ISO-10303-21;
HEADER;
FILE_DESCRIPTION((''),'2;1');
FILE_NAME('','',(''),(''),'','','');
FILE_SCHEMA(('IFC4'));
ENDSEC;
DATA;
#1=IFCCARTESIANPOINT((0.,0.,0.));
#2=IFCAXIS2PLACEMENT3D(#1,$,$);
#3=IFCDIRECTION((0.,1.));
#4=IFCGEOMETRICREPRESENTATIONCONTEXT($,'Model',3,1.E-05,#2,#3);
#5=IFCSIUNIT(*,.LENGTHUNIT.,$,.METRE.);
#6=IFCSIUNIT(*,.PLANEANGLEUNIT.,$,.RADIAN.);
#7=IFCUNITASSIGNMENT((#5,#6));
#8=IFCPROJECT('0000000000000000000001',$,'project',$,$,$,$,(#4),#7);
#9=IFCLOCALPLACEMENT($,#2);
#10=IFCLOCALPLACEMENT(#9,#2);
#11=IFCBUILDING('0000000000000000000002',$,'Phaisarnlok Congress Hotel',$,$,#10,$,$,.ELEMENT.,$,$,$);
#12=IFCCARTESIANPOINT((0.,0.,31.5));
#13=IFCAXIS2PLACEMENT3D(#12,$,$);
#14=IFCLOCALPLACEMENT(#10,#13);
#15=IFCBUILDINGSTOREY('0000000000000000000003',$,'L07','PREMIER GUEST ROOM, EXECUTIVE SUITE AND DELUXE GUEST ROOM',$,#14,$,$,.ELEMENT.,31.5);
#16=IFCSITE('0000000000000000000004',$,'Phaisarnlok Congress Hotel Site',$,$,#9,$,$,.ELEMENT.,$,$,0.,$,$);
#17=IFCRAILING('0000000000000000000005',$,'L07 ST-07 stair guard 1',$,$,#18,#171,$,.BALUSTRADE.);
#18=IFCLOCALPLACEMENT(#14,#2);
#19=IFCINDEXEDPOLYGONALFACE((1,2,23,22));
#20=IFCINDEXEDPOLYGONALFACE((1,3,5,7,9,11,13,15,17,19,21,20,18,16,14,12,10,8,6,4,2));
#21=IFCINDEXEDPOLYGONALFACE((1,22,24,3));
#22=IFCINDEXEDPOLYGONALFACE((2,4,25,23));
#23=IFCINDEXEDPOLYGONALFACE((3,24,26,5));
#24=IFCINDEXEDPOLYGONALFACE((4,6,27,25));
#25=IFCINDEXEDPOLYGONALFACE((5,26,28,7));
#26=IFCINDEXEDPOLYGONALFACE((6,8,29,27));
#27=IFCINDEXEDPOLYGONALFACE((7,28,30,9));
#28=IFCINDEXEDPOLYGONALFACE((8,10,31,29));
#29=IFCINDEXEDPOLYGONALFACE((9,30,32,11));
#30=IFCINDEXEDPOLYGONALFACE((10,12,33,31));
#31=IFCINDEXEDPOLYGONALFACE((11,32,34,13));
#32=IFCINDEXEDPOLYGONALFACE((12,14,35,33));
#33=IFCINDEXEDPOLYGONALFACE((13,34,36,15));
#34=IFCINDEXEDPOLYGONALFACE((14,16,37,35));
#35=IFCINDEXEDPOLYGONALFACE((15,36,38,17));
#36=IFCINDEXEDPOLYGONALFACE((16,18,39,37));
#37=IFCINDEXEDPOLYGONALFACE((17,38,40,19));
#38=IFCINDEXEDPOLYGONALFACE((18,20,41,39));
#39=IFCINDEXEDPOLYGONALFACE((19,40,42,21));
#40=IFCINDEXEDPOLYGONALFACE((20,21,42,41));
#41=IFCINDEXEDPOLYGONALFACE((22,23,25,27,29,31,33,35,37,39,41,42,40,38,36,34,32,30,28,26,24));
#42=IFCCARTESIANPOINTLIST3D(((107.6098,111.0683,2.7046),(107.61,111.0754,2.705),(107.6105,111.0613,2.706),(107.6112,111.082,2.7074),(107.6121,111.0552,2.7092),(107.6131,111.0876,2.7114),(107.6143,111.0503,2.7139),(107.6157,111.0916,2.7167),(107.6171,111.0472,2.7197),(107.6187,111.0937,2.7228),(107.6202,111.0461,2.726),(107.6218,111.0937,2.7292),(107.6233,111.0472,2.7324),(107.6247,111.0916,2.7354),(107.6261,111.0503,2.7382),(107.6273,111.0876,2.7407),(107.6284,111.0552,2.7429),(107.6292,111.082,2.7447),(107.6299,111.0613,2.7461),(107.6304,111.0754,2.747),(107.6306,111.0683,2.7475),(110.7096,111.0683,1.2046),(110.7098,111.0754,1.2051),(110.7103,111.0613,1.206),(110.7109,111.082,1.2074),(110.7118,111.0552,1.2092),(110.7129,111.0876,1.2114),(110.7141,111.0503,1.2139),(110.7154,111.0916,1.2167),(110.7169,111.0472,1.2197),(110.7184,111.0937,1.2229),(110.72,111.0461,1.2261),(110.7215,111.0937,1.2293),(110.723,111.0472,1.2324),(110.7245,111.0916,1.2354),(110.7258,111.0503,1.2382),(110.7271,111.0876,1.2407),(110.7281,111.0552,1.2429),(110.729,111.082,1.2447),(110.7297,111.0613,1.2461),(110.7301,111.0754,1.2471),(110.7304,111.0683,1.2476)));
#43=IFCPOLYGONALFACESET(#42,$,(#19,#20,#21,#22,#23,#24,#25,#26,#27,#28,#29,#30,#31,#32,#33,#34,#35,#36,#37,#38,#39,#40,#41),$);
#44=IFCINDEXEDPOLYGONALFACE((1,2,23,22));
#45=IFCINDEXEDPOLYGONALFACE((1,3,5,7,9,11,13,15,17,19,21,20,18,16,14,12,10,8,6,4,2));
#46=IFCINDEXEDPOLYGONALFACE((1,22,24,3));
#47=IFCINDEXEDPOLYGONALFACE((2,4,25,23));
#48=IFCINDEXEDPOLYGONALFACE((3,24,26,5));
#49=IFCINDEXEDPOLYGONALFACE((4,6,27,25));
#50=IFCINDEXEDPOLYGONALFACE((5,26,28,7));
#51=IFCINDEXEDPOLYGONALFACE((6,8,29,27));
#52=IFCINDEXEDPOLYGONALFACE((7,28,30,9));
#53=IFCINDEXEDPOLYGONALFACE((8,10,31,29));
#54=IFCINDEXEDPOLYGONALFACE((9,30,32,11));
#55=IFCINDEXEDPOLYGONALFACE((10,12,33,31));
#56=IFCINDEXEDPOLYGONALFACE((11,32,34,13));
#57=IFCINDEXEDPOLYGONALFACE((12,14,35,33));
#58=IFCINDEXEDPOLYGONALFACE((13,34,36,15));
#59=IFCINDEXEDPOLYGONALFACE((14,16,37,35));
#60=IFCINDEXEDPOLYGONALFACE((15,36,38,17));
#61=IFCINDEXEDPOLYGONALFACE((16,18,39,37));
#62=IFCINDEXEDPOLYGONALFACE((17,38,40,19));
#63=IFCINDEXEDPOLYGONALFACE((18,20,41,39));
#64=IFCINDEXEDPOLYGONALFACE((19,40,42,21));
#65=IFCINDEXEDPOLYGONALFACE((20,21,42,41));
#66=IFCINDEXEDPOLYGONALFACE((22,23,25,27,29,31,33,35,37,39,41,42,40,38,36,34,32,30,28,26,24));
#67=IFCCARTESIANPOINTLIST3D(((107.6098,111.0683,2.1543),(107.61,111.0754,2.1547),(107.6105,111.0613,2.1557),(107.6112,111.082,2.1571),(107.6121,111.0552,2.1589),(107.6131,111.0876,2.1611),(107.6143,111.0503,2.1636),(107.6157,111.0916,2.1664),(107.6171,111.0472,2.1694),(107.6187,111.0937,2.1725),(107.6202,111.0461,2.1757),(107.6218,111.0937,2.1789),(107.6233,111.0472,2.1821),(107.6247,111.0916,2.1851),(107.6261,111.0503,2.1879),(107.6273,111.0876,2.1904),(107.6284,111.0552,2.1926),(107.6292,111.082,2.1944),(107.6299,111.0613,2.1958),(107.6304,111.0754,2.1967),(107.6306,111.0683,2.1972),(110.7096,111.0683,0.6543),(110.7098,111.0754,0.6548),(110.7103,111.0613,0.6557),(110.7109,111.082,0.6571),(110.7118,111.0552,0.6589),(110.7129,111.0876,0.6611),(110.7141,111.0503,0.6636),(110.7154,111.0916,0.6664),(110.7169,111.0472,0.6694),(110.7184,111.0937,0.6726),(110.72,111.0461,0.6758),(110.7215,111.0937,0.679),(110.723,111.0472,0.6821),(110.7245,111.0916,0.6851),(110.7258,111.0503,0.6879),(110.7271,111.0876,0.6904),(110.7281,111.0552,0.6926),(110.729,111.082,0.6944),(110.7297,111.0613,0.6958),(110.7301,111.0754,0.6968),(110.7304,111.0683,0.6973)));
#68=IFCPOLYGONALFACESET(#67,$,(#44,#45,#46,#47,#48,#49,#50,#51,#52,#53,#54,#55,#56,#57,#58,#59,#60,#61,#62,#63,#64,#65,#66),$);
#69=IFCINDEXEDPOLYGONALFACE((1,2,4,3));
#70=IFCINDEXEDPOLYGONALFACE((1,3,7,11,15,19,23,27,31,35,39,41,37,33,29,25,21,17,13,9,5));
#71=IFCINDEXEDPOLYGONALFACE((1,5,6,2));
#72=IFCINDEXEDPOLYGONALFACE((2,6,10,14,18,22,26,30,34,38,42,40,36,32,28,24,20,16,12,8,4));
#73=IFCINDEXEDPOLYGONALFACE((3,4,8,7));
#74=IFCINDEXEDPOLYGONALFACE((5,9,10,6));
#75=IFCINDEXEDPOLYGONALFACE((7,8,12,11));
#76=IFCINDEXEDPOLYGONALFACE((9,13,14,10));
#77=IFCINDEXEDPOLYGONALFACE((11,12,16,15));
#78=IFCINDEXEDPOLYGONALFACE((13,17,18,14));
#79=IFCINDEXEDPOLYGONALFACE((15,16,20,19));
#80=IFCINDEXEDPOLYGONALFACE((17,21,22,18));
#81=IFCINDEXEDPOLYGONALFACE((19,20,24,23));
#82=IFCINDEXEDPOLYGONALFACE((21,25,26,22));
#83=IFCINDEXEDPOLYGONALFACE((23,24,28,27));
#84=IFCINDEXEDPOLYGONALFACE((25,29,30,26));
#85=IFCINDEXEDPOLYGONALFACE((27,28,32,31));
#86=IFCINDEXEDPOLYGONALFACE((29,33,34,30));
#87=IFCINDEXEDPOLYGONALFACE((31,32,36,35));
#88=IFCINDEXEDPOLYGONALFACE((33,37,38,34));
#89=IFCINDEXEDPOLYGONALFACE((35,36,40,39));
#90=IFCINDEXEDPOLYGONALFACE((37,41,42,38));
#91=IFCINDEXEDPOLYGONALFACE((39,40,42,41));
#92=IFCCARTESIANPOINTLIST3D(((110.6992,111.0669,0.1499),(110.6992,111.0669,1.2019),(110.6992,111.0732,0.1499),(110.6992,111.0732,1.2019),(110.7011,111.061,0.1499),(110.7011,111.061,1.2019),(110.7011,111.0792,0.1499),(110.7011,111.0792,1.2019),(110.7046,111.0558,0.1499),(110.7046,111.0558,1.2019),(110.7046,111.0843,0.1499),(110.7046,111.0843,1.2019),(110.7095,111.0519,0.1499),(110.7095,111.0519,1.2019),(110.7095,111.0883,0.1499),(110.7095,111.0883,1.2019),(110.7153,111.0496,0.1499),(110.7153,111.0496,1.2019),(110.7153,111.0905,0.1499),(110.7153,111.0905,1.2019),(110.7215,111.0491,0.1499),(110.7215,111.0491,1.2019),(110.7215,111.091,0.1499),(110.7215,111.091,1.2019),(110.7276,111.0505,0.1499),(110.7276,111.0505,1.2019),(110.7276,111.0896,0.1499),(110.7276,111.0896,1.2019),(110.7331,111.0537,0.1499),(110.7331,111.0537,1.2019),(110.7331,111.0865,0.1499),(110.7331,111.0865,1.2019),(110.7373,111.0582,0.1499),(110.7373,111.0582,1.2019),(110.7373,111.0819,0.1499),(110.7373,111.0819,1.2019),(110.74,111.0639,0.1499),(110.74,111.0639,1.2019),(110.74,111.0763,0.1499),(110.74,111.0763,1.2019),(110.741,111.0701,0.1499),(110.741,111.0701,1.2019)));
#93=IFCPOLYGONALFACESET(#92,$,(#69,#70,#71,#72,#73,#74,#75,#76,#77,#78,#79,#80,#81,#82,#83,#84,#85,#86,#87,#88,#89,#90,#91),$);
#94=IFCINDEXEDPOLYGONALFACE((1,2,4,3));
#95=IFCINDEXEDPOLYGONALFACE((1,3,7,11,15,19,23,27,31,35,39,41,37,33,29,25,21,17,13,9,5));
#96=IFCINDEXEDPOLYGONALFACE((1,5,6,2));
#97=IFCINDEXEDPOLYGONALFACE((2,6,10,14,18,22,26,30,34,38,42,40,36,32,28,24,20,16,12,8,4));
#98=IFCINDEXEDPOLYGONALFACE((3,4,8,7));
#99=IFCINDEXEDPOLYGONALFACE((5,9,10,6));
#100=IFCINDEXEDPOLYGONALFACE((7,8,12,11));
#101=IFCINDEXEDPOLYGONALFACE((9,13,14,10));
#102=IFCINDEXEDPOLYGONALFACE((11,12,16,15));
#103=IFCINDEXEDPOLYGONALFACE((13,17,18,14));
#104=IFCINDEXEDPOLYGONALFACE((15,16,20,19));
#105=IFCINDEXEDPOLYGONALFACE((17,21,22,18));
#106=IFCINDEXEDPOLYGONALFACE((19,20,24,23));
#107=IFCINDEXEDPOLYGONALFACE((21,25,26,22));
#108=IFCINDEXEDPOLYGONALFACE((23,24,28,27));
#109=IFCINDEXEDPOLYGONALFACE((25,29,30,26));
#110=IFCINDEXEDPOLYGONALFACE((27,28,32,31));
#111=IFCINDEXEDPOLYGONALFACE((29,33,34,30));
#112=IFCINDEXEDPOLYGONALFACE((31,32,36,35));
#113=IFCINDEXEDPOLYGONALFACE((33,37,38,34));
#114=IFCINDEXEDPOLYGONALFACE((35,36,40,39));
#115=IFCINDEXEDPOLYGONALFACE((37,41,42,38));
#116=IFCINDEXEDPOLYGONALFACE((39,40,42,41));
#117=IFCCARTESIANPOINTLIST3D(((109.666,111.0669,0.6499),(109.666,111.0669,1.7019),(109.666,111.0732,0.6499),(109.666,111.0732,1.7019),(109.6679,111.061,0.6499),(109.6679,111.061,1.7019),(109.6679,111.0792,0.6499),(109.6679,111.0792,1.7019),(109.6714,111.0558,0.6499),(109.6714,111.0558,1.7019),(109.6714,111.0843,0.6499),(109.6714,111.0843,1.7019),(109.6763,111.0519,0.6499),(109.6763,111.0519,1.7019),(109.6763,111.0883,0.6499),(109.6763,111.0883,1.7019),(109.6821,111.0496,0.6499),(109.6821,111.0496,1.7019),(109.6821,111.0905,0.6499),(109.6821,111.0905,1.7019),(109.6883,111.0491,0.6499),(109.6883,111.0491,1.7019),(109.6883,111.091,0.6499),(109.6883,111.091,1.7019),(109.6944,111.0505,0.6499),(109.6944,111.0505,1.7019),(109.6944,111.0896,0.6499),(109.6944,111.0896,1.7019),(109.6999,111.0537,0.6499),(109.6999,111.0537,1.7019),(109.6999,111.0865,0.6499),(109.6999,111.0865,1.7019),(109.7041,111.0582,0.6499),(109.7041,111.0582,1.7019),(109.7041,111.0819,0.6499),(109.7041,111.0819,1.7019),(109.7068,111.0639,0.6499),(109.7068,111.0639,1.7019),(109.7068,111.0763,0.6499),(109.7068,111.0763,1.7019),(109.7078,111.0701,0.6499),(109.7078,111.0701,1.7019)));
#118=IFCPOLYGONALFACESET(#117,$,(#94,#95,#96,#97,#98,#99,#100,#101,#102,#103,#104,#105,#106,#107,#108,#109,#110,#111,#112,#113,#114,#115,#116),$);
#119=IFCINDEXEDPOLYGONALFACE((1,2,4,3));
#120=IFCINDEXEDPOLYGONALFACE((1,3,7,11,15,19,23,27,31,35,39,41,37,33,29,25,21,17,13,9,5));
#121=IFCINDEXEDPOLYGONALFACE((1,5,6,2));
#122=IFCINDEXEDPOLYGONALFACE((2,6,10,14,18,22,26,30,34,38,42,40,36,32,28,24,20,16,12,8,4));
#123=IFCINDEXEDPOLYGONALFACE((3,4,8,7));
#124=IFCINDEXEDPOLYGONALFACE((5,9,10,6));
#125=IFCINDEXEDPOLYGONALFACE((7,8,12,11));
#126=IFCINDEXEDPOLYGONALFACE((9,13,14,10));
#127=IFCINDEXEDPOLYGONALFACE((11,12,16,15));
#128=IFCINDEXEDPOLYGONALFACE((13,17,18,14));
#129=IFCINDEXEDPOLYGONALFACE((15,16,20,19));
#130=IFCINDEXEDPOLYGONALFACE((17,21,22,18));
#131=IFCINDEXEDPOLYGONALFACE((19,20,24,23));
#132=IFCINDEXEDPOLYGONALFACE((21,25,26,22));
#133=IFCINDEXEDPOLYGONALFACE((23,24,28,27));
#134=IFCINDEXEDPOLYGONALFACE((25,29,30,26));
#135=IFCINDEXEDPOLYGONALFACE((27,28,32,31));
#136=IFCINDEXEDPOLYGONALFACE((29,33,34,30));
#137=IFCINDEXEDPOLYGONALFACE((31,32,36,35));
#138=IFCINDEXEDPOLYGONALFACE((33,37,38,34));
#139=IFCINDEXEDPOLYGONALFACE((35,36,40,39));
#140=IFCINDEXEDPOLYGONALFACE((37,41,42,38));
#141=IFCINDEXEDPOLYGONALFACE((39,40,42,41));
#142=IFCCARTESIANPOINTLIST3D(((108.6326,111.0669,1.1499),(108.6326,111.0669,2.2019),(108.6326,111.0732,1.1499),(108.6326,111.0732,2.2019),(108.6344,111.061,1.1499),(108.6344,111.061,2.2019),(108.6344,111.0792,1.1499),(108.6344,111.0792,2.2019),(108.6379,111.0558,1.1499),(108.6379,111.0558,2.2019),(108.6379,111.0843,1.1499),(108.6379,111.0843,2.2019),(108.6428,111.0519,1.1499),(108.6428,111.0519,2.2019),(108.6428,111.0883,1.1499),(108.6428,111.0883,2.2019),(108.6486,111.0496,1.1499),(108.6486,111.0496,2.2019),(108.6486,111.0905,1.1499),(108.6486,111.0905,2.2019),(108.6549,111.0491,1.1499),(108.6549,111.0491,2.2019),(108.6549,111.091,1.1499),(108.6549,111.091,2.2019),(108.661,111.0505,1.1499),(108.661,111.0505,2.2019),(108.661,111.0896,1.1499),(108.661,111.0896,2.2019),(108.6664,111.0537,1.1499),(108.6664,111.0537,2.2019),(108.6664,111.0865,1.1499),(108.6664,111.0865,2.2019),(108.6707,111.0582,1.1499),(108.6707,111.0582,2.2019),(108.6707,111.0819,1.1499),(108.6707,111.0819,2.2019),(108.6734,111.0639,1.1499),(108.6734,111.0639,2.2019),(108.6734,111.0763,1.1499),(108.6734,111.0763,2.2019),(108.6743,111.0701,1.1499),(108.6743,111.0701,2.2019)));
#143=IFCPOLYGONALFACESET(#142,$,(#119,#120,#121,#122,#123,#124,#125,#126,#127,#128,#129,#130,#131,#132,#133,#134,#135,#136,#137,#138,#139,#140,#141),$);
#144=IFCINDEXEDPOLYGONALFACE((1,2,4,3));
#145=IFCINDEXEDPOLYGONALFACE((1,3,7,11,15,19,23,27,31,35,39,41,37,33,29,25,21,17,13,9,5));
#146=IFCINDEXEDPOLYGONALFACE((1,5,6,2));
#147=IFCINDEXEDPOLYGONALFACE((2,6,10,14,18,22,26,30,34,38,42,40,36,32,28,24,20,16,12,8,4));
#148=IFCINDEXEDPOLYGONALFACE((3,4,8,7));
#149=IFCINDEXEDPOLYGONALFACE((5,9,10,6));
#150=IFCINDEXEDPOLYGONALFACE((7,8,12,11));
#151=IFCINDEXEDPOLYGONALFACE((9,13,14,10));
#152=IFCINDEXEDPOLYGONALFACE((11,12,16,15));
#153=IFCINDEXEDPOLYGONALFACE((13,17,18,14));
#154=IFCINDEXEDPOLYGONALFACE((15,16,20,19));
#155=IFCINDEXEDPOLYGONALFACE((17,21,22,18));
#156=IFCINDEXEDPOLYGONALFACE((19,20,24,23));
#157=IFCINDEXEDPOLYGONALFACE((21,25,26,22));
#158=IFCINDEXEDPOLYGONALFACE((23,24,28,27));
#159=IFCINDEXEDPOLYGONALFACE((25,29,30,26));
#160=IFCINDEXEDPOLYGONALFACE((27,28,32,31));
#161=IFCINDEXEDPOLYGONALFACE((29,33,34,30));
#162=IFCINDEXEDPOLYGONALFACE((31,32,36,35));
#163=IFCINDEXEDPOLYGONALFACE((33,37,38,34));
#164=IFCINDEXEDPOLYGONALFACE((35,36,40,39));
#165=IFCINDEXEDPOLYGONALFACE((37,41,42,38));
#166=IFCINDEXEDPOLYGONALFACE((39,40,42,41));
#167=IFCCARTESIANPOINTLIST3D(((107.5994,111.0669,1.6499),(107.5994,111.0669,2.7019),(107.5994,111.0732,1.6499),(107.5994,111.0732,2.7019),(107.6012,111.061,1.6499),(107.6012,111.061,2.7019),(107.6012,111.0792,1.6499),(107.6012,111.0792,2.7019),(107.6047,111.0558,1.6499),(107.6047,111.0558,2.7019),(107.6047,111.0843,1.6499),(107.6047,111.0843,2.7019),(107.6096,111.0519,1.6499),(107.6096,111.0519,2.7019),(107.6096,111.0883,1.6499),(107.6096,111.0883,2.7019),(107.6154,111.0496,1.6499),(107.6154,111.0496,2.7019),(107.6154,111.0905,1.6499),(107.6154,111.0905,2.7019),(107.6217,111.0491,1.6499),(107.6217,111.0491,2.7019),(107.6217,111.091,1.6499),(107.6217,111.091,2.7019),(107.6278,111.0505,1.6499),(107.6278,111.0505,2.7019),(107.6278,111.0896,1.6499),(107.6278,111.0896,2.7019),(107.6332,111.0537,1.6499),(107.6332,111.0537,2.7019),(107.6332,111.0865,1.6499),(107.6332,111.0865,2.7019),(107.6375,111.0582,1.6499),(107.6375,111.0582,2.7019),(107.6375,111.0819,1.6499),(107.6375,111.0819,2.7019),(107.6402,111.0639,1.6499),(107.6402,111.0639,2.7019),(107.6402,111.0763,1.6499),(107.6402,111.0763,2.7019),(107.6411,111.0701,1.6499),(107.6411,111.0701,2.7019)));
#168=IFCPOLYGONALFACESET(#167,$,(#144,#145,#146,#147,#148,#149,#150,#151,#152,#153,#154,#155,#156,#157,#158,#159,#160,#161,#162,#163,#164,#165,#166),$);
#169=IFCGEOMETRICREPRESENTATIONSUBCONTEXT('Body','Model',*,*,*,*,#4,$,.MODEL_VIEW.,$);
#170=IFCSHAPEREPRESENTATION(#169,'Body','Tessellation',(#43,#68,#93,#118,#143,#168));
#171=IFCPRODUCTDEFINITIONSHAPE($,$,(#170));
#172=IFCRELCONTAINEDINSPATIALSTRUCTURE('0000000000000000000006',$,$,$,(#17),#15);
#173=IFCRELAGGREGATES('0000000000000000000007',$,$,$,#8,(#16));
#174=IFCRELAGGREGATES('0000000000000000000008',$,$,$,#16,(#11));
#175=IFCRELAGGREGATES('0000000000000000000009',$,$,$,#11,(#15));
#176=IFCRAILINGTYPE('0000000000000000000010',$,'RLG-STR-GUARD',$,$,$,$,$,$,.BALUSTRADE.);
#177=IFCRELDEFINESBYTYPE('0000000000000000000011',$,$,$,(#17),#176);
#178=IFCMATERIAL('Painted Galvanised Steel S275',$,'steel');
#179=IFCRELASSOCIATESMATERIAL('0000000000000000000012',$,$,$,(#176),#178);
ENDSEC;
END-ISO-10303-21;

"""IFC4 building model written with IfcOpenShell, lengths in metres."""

from ifc_helpers import new_model, si_unit, direction, frame, origin, origin_2d, place, context, subcontext, project, spatial, circle, extrude, material, type_object, element, save


model = new_model("IFC4")

# Units and contexts
model_context = context("Model", 3, precision=1e-05, world=origin(), true_north=direction((0.0, 1.0)))
body_context = subcontext(model_context, "Body", "Model", "MODEL_VIEW")
ifc_project = project(units=[si_unit("LENGTHUNIT", "METRE"), si_unit("PLANEANGLEUNIT", "RADIAN")], contexts=[model_context])

# Site, building, storey
site_placement = place(None, origin())
site = spatial("IfcSite", under=ifc_project, at=site_placement, Name="Phaisarnlok Congress Hotel Site", CompositionType="ELEMENT", RefElevation=0.0)
building_placement = place(site_placement, origin())
building = spatial("IfcBuilding", under=site, at=building_placement, Name="Phaisarnlok Congress Hotel", CompositionType="ELEMENT")
storey_placement = place(building_placement, frame((0.0, 0.0, 31.5)))
storey = spatial("IfcBuildingStorey", under=building, at=storey_placement, Name="L07", Description="PREMIER GUEST ROOM, EXECUTIVE SUITE AND DELUXE GUEST ROOM", CompositionType="ELEMENT", Elevation=31.5)

# Railing
ifc_material_1 = material(Name="Painted Galvanised Steel S275", Category="steel")
railing_type_1 = type_object("IfcRailingType", Name="RLG-STR-GUARD", PredefinedType="BALUSTRADE", material=ifc_material_1)
railing_1_placement = place(storey_placement, frame((110.72, 111.0701, 0.1499)))
element("IfcRailing", 1, at=railing_1_placement, inside=storey, type_object=railing_type_1, Name="L07 ST-07 stair guard 1", PredefinedType="BALUSTRADE", context=body_context, shape_type="SweptSolid", body=[
    extrude(circle(Radius=0.0239, at=origin_2d()), frame((0.0, 0.0, 1.0762), z_axis=(-0.900151, 0.0, 0.435578), x_axis=(0.0, -1.0, 0.0)), (0.0, 0.0, 1.0), 3.4436),
    extrude(circle(Radius=0.0239, at=origin_2d()), frame((0.0, 0.0, 0.5259), z_axis=(-0.900151, 0.0, 0.435578), x_axis=(0.0, -1.0, 0.0)), (0.0, 0.0, 1.0), 3.4436),
    extrude(circle(Radius=0.021, at=origin_2d()), origin(), (0.0, 0.0, 1.0), 1.052),
    extrude(circle(Radius=0.021, at=origin_2d()), frame((-1.0332, 0.0, 0.5)), (0.0, 0.0, 1.0), 1.052),
    extrude(circle(Radius=0.021, at=origin_2d()), frame((-2.0667, 0.0, 1.0)), (0.0, 0.0, 1.0), 1.052),
    extrude(circle(Radius=0.021, at=origin_2d()), frame((-3.0999, 0.0, 1.5)), (0.0, 0.0, 1.0), 1.052),
])

save(model, "model.ifc")
